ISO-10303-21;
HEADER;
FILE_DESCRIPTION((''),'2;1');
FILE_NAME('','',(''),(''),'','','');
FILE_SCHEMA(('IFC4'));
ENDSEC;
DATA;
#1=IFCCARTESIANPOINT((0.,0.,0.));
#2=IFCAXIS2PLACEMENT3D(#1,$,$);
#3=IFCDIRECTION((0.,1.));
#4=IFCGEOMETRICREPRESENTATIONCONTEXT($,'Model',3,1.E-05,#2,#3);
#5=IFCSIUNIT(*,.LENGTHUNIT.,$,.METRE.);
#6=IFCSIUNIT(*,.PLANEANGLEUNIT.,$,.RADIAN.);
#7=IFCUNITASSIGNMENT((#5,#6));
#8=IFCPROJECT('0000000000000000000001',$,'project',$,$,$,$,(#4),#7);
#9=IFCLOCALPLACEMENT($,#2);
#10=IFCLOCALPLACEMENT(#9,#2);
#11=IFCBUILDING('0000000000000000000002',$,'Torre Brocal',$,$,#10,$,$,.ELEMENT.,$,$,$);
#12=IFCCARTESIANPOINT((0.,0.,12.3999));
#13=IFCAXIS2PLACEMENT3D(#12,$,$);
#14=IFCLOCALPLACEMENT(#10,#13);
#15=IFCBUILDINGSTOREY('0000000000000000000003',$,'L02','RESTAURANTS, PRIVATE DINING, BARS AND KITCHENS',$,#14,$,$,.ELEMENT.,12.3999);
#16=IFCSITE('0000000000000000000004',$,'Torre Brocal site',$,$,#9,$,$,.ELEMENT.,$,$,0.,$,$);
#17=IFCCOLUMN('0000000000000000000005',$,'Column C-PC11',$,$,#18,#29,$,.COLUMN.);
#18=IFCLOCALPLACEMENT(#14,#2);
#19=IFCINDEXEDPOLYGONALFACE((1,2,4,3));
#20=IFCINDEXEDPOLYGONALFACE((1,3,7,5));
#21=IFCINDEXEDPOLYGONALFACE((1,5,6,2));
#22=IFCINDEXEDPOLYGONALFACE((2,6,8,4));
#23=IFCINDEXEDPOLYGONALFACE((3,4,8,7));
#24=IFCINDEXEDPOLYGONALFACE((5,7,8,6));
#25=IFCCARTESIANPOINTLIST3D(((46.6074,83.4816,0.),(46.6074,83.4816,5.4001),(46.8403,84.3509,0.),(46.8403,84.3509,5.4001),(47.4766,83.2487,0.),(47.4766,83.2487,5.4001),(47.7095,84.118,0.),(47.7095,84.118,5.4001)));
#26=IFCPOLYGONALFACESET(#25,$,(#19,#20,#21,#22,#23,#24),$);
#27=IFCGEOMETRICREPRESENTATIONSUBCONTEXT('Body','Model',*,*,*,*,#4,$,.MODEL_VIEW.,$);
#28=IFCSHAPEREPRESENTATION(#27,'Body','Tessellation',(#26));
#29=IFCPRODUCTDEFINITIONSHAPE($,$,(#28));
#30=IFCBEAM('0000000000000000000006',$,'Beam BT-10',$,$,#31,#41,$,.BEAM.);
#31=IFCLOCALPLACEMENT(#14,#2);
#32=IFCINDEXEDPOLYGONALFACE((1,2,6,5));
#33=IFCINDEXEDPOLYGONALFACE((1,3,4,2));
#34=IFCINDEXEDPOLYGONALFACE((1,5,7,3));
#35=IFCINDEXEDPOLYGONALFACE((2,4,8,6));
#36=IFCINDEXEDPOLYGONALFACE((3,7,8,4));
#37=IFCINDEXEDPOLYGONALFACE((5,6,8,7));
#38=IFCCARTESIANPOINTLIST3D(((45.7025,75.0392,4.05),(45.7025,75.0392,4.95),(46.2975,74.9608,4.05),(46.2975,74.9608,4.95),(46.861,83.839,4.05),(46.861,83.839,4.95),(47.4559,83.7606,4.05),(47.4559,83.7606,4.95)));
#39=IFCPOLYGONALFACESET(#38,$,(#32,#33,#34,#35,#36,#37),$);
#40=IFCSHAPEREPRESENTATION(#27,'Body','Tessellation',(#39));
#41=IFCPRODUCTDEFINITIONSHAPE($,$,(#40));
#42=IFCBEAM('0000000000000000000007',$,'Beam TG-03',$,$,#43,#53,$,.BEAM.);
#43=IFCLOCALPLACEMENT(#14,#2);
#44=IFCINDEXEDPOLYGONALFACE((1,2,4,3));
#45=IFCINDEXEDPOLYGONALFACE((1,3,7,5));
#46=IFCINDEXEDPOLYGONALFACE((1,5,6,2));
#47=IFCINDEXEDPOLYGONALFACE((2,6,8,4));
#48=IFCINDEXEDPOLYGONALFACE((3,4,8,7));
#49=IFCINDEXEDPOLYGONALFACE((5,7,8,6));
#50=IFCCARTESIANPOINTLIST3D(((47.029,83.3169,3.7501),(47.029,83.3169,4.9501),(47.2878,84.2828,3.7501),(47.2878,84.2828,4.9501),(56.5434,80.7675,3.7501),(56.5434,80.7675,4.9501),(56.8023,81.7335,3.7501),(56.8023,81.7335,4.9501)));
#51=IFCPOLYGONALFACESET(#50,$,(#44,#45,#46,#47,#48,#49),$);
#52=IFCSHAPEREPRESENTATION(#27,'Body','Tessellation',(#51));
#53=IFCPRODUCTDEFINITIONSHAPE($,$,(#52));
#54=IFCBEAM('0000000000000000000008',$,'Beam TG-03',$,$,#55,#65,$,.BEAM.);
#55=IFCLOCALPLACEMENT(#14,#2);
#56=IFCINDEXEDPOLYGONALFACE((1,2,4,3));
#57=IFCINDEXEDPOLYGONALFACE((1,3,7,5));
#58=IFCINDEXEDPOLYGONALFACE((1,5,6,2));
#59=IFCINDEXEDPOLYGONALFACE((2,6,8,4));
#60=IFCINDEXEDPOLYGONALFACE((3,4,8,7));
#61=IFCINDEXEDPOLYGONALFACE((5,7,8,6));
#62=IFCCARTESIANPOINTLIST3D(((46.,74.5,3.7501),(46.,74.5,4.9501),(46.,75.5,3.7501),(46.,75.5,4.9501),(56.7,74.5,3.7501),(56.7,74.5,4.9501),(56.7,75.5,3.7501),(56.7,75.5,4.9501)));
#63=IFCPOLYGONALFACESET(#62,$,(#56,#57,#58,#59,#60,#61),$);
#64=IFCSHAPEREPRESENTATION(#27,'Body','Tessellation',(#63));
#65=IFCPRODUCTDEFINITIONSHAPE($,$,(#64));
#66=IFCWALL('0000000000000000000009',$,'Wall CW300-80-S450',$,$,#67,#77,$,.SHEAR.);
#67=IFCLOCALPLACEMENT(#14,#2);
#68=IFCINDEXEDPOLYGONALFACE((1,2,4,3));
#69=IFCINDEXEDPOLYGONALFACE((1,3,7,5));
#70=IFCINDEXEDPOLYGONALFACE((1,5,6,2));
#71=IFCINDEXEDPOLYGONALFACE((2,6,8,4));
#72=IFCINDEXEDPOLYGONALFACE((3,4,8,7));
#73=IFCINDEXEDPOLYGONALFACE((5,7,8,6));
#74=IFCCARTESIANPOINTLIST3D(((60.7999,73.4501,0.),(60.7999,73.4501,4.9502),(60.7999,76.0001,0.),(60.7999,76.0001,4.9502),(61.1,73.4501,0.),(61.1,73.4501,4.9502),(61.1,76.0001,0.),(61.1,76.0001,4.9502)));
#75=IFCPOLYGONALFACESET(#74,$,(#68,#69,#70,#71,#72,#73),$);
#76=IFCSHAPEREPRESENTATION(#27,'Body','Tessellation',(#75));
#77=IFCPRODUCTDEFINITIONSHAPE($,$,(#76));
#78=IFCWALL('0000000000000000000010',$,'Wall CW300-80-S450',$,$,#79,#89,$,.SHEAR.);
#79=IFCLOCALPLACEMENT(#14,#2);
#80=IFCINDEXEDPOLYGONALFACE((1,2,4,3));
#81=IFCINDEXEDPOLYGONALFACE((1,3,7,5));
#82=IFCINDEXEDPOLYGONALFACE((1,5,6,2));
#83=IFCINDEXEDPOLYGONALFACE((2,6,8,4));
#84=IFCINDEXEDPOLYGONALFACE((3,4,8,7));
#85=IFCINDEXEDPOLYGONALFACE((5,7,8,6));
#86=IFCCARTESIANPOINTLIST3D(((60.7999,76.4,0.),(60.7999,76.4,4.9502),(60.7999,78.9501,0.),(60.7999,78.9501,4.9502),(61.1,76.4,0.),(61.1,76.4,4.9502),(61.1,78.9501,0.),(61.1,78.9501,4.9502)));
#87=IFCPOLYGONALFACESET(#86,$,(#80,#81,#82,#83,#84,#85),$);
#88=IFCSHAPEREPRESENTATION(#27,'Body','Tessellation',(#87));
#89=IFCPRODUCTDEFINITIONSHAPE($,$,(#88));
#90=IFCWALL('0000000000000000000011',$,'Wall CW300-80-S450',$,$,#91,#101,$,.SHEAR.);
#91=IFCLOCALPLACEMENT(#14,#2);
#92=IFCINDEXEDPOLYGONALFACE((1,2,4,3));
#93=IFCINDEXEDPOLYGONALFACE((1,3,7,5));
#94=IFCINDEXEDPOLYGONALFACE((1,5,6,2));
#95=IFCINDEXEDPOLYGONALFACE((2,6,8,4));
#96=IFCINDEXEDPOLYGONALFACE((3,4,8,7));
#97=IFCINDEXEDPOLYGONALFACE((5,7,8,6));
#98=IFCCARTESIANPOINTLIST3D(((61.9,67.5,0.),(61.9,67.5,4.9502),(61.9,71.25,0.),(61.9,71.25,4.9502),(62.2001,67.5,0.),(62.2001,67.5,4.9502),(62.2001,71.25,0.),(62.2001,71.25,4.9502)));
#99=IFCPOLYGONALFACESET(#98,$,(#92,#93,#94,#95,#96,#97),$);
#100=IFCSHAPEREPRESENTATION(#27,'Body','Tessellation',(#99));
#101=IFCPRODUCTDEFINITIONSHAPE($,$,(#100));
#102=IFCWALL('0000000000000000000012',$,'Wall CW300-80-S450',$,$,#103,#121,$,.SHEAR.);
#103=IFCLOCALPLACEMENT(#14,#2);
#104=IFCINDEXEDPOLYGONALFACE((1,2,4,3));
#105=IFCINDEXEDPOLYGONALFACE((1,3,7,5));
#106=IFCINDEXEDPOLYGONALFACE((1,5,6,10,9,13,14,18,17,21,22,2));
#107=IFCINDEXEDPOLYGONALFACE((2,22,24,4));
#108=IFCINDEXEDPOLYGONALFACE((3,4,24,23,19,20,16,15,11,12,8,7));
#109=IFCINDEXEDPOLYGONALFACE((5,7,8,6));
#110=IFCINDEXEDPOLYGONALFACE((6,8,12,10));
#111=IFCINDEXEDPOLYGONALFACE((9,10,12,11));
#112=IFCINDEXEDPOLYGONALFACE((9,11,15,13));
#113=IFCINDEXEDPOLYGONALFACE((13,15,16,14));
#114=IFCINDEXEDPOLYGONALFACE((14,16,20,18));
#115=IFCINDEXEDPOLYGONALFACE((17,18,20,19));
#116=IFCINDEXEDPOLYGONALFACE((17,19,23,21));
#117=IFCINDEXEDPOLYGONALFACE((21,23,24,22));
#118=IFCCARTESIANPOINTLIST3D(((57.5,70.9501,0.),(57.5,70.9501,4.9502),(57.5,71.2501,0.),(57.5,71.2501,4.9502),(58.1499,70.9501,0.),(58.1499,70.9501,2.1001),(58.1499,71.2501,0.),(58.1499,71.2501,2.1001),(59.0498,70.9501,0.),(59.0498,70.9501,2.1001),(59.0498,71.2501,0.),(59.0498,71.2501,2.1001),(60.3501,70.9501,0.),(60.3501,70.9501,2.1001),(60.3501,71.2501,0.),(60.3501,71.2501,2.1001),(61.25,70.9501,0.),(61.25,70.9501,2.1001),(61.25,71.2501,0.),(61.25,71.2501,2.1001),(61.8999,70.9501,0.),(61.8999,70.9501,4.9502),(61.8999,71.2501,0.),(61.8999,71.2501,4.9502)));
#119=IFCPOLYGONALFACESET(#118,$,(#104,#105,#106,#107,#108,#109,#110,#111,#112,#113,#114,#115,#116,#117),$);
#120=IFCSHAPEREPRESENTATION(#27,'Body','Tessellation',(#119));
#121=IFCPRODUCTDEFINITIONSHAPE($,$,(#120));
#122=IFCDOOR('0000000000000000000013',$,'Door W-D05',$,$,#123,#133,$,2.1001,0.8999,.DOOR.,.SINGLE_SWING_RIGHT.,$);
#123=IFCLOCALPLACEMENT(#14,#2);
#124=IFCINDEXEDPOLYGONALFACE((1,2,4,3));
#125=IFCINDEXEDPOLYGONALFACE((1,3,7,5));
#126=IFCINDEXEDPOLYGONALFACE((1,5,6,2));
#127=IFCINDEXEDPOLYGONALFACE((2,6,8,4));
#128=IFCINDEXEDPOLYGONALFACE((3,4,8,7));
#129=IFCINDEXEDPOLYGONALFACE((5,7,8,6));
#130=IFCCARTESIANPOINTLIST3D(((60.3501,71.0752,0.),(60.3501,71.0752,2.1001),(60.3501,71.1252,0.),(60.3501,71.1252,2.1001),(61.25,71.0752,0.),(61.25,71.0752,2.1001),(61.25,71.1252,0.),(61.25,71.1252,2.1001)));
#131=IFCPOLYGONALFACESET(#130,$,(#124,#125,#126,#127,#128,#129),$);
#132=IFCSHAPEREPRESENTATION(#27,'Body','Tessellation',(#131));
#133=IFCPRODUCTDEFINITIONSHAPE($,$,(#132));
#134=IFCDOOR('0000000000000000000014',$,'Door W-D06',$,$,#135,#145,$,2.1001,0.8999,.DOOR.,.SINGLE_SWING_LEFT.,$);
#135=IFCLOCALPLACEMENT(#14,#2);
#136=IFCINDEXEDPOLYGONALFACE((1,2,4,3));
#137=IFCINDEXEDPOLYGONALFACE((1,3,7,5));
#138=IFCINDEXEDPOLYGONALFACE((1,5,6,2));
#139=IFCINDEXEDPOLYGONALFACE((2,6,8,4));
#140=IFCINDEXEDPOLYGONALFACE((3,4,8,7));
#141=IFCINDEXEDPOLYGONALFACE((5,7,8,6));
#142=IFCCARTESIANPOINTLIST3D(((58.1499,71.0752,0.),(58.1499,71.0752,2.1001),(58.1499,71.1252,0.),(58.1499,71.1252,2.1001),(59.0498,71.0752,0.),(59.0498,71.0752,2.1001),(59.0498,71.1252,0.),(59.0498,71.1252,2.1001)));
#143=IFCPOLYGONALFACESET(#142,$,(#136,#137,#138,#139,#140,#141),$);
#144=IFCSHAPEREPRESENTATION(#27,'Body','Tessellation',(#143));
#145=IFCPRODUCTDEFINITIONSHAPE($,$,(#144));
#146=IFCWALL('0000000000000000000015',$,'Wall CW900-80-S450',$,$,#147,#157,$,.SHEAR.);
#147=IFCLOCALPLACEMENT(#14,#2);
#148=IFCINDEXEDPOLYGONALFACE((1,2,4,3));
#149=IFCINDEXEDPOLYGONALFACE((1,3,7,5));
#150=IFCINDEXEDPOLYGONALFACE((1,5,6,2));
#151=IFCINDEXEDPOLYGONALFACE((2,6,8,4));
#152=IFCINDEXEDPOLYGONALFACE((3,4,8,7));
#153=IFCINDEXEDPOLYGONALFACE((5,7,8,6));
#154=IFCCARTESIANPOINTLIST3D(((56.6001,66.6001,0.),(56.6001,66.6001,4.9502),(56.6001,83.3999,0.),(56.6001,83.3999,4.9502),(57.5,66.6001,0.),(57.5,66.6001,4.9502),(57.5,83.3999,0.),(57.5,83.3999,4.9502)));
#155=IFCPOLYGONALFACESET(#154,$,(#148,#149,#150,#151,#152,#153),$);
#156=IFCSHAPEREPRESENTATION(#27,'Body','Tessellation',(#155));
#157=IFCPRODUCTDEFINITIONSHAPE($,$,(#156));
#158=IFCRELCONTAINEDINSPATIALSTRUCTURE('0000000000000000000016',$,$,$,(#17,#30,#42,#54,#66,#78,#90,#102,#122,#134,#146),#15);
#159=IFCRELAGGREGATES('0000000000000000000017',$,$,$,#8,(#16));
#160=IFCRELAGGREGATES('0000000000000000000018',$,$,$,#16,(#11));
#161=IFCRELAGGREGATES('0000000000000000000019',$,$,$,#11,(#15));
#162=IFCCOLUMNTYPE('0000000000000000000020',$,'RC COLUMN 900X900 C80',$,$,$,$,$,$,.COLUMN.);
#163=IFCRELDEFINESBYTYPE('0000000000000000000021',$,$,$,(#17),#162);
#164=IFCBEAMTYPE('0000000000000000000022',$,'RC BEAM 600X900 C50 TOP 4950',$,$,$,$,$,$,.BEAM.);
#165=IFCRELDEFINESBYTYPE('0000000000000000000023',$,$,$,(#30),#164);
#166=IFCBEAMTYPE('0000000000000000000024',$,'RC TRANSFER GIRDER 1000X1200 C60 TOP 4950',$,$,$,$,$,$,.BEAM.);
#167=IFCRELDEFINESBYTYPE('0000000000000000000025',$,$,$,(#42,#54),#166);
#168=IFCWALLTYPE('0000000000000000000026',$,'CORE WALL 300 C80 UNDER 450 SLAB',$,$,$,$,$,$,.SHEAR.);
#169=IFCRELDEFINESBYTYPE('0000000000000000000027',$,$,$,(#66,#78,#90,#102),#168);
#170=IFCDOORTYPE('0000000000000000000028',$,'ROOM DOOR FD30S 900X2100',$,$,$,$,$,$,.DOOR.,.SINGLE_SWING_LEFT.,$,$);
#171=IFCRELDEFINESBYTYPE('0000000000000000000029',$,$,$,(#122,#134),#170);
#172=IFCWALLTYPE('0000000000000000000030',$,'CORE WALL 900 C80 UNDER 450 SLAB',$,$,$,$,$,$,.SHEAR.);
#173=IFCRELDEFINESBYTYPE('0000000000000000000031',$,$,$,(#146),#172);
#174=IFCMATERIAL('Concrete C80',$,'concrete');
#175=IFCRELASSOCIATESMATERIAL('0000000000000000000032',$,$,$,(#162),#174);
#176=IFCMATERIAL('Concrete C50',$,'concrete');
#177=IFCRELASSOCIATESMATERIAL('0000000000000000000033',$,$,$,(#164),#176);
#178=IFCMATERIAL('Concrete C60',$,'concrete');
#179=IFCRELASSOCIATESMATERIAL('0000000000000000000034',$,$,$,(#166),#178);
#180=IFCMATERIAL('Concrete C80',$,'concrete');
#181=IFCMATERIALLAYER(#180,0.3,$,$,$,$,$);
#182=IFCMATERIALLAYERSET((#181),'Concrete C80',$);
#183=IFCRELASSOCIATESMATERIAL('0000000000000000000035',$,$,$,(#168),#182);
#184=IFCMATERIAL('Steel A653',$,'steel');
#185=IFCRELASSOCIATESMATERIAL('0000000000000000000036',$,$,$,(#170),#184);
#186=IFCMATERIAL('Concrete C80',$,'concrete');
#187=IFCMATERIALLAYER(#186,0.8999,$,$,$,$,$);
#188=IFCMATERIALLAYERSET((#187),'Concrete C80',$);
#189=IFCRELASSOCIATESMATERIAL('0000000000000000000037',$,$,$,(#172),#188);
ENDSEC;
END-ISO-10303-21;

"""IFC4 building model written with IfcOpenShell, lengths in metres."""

from ifc_helpers import new_model, si_unit, direction, frame, frame_2d, origin, origin_2d, place, context, subcontext, project, spatial, rectangle, extrude, material, layer, layer_set, material_profile, profile_set, type_object, element, fill, save


model = new_model("IFC4")

# Units and contexts
model_context = context("Model", 3, precision=1e-05, world=origin(), true_north=direction((0.0, 1.0)))
body_context = subcontext(model_context, "Body", "Model", "MODEL_VIEW")
ifc_project = project(units=[si_unit("LENGTHUNIT", "METRE"), si_unit("PLANEANGLEUNIT", "RADIAN")], contexts=[model_context])

# Site, building, storey
site_placement = place(None, origin())
site = spatial("IfcSite", under=ifc_project, at=site_placement, Name="Torre Brocal site", CompositionType="ELEMENT", RefElevation=0.0)
building_placement = place(site_placement, origin())
building = spatial("IfcBuilding", under=site, at=building_placement, Name="Torre Brocal", CompositionType="ELEMENT")
storey_placement = place(building_placement, frame((0.0, 0.0, 12.3999)))
storey = spatial("IfcBuildingStorey", under=building, at=storey_placement, Name="L02", Description="RESTAURANTS, PRIVATE DINING, BARS AND KITCHENS", CompositionType="ELEMENT", Elevation=12.3999)

# Column
ifc_material_1 = material(Name="Concrete C80", Category="concrete")
ifc_material_profile_1 = material_profile(ifc_material_1, rectangle(XDim=0.8999, YDim=0.8999, at=origin_2d()), Name="RC 900X900")
ifc_profile_set_1 = profile_set([ifc_material_profile_1], Name="Concrete C80")
column_type = type_object("IfcColumnType", Name="RC COLUMN 900X900 C80", PredefinedType="COLUMN", material=ifc_profile_set_1)
column_placement = place(storey_placement, frame((47.1584, 83.7998, 0.0), z_axis=(0.0, 0.0, 1.0), x_axis=(-0.965926, 0.258819, 0.0)))
element("IfcColumn", 1, at=column_placement, inside=storey, type_object=column_type, Name="Column C-PC11", PredefinedType="COLUMN", context=body_context, shape_type="SweptSolid", body=[
    extrude(rectangle(XDim=0.8999, YDim=0.8999, at=origin_2d()), origin(), (0.0, 0.0, 1.0), 5.4001),
])

# Beams
ifc_material_2 = material(Name="Concrete C50", Category="concrete")
ifc_material_profile_2 = material_profile(ifc_material_2, rectangle(XDim=0.6001, YDim=0.8999, at=origin_2d()), Name="RC 600X900")
ifc_profile_set_2 = profile_set([ifc_material_profile_2], Name="Concrete C50")
beam_type_1 = type_object("IfcBeamType", Name="RC BEAM 600X900 C50 TOP 4950", PredefinedType="BEAM", material=ifc_profile_set_2)
beam_1_placement = place(storey_placement, frame((47.1584, 83.7998, 4.5), z_axis=(-0.130519, -0.991446, 0.0), x_axis=(0.991446, -0.130519, 0.0)))
element("IfcBeam", 2, at=beam_1_placement, inside=storey, type_object=beam_type_1, Name="Beam BT-10", PredefinedType="BEAM", context=body_context, shape_type="SweptSolid", body=[
    extrude(rectangle(XDim=0.6001, YDim=0.8999, at=origin_2d()), origin(), (0.0, 0.0, 1.0), 8.8757),
])
ifc_material_3 = material(Name="Concrete C60", Category="concrete")
ifc_material_profile_3 = material_profile(ifc_material_3, rectangle(XDim=1.0, YDim=1.2, at=origin_2d()), Name="RC 1000X1200")
ifc_profile_set_3 = profile_set([ifc_material_profile_3], Name="Concrete C60")
beam_type_2 = type_object("IfcBeamType", Name="RC TRANSFER GIRDER 1000X1200 C60 TOP 4950", PredefinedType="BEAM", material=ifc_profile_set_3)
beam_2_placement = place(storey_placement, frame((56.6729, 81.2505, 4.3501), z_axis=(-0.965927, 0.258813, 0.0), x_axis=(-0.258813, -0.965927, 0.0)))
element("IfcBeam", 3, at=beam_2_placement, inside=storey, type_object=beam_type_2, Name="Beam TG-03", PredefinedType="BEAM", context=body_context, shape_type="SweptSolid", body=[
    extrude(rectangle(XDim=1.0, YDim=1.2, at=origin_2d()), origin(), (0.0, 0.0, 1.0), 9.8501),
])
beam_3_placement = place(storey_placement, frame((56.7, 75.0, 4.3501), z_axis=(-1.0, 0.0, 0.0), x_axis=(0.0, -1.0, 0.0)))
element("IfcBeam", 4, at=beam_3_placement, inside=storey, type_object=beam_type_2, Name="Beam TG-03", PredefinedType="BEAM", context=body_context, shape_type="SweptSolid", body=[
    extrude(rectangle(XDim=1.0, YDim=1.2, at=origin_2d()), origin(), (0.0, 0.0, 1.0), 10.7),
])

# Walls
ifc_material_4 = material(Name="Concrete C80", Category="concrete")
ifc_layer_1 = layer(ifc_material_4, 0.3)
ifc_layer_set_1 = layer_set([ifc_layer_1], Name="Concrete C80")
wall_type_1 = type_object("IfcWallType", Name="CORE WALL 300 C80 UNDER 450 SLAB", PredefinedType="SHEAR", material=ifc_layer_set_1)
for number, where, z_axis, x_axis, name in (
    (5, (60.95, 76.0, 0.0), (0.0, 0.0, 1.0), (0.0, -1.0, 0.0), "Wall CW300-80-S450"),
    (6, (60.95, 78.95, 0.0), (0.0, 0.0, 1.0), (0.0, -1.0, 0.0), "Wall CW300-80-S450"),
):
    element("IfcWall", number, at=place(storey_placement, frame(where, z_axis=z_axis, x_axis=x_axis)), inside=storey, type_object=wall_type_1, Name=name, PredefinedType="SHEAR", context=body_context, shape_type="SweptSolid", body=[
        extrude(rectangle(XDim=2.55, YDim=0.3, at=frame_2d((1.2749, 0.0))), origin(), (0.0, 0.0, 1.0), 4.9502),
    ])
wall_1_placement = place(storey_placement, frame((62.05, 71.25, 0.0), z_axis=(0.0, 0.0, 1.0), x_axis=(0.0, -1.0, 0.0)))
element("IfcWall", 7, at=wall_1_placement, inside=storey, type_object=wall_type_1, Name="Wall CW300-80-S450", PredefinedType="SHEAR", context=body_context, shape_type="SweptSolid", body=[
    extrude(rectangle(XDim=3.75, YDim=0.3, at=frame_2d((1.875, 0.0))), origin(), (0.0, 0.0, 1.0), 4.9502),
])

# Wall, openings, doors
wall_2_placement = place(storey_placement, frame((61.8999, 71.1001, 0.0), z_axis=(0.0, 0.0, 1.0), x_axis=(-1.0, 0.0, 0.0)))
wall_2 = element("IfcWall", 8, at=wall_2_placement, inside=storey, type_object=wall_type_1, Name="Wall CW300-80-S450", PredefinedType="SHEAR", context=body_context, shape_type="SweptSolid", body=[
    extrude(rectangle(XDim=4.3999, YDim=0.3, at=frame_2d((2.2, 0.0))), origin(), (0.0, 0.0, 1.0), 4.9502),
])
opening_1_placement = place(wall_2_placement, frame((0.6499, 0.0, 0.0)))
opening_1 = element("IfcOpeningElement", 9, at=opening_1_placement, cuts=wall_2, PredefinedType="OPENING", context=body_context, shape_type="SweptSolid", body=[
    extrude(rectangle(XDim=0.8999, YDim=2.1001, at=frame_2d((0.45, 1.05))), frame((0.0, 0.1599, 0.0), z_axis=(0.0, -1.0, 0.0), x_axis=(1.0, 0.0, 0.0)), (0.0, 0.0, 1.0), 0.3201),
])
opening_2_placement = place(wall_2_placement, frame((2.8501, 0.0, 0.0)))
opening_2 = element("IfcOpeningElement", 10, at=opening_2_placement, cuts=wall_2, PredefinedType="OPENING", context=body_context, shape_type="SweptSolid", body=[
    extrude(rectangle(XDim=0.8999, YDim=2.1001, at=frame_2d((0.45, 1.05))), frame((0.0, 0.1599, 0.0), z_axis=(0.0, -1.0, 0.0), x_axis=(1.0, 0.0, 0.0)), (0.0, 0.0, 1.0), 0.3201),
])
ifc_material_5 = material(Name="Steel A653", Category="steel")
door_type_1 = type_object("IfcDoorType", Name="ROOM DOOR FD30S 900X2100", OperationType="SINGLE_SWING_LEFT", PredefinedType="DOOR", material=ifc_material_5)
door_1_placement = place(opening_1_placement, origin())
door_1 = element("IfcDoor", 11, at=door_1_placement, inside=storey, type_object=door_type_1, Name="Door W-D05", OperationType="SINGLE_SWING_RIGHT", OverallHeight=2.1001, OverallWidth=0.8999, PredefinedType="DOOR", context=body_context, shape_type="SweptSolid", body=[
    extrude(rectangle(XDim=0.8999, YDim=2.1001, at=frame_2d((0.45, 1.05))), frame((0.0, 0.0249, 0.0), z_axis=(0.0, -1.0, 0.0), x_axis=(1.0, 0.0, 0.0)), (0.0, 0.0, 1.0), 0.05),
])
fill(opening_1, door_1)
door_2_placement = place(opening_2_placement, origin())
door_2 = element("IfcDoor", 12, at=door_2_placement, inside=storey, type_object=door_type_1, Name="Door W-D06", OperationType="SINGLE_SWING_LEFT", OverallHeight=2.1001, OverallWidth=0.8999, PredefinedType="DOOR", context=body_context, shape_type="SweptSolid", body=[
    extrude(rectangle(XDim=0.8999, YDim=2.1001, at=frame_2d((0.45, 1.05))), frame((0.0, 0.0249, 0.0), z_axis=(0.0, -1.0, 0.0), x_axis=(1.0, 0.0, 0.0)), (0.0, 0.0, 1.0), 0.05),
])
fill(opening_2, door_2)

# Wall
ifc_material_6 = material(Name="Concrete C80", Category="concrete")
ifc_layer_2 = layer(ifc_material_6, 0.8999)
ifc_layer_set_2 = layer_set([ifc_layer_2], Name="Concrete C80")
wall_type_2 = type_object("IfcWallType", Name="CORE WALL 900 C80 UNDER 450 SLAB", PredefinedType="SHEAR", material=ifc_layer_set_2)
wall_3_placement = place(storey_placement, frame((57.05, 83.3999, 0.0), z_axis=(0.0, 0.0, 1.0), x_axis=(0.0, -1.0, 0.0)))
element("IfcWall", 13, at=wall_3_placement, inside=storey, type_object=wall_type_2, Name="Wall CW900-80-S450", PredefinedType="SHEAR", context=body_context, shape_type="SweptSolid", body=[
    extrude(rectangle(XDim=16.7998, YDim=0.8999, at=frame_2d((8.3999, 0.0))), origin(), (0.0, 0.0, 1.0), 4.9502),
])

save(model, "model.ifc")
